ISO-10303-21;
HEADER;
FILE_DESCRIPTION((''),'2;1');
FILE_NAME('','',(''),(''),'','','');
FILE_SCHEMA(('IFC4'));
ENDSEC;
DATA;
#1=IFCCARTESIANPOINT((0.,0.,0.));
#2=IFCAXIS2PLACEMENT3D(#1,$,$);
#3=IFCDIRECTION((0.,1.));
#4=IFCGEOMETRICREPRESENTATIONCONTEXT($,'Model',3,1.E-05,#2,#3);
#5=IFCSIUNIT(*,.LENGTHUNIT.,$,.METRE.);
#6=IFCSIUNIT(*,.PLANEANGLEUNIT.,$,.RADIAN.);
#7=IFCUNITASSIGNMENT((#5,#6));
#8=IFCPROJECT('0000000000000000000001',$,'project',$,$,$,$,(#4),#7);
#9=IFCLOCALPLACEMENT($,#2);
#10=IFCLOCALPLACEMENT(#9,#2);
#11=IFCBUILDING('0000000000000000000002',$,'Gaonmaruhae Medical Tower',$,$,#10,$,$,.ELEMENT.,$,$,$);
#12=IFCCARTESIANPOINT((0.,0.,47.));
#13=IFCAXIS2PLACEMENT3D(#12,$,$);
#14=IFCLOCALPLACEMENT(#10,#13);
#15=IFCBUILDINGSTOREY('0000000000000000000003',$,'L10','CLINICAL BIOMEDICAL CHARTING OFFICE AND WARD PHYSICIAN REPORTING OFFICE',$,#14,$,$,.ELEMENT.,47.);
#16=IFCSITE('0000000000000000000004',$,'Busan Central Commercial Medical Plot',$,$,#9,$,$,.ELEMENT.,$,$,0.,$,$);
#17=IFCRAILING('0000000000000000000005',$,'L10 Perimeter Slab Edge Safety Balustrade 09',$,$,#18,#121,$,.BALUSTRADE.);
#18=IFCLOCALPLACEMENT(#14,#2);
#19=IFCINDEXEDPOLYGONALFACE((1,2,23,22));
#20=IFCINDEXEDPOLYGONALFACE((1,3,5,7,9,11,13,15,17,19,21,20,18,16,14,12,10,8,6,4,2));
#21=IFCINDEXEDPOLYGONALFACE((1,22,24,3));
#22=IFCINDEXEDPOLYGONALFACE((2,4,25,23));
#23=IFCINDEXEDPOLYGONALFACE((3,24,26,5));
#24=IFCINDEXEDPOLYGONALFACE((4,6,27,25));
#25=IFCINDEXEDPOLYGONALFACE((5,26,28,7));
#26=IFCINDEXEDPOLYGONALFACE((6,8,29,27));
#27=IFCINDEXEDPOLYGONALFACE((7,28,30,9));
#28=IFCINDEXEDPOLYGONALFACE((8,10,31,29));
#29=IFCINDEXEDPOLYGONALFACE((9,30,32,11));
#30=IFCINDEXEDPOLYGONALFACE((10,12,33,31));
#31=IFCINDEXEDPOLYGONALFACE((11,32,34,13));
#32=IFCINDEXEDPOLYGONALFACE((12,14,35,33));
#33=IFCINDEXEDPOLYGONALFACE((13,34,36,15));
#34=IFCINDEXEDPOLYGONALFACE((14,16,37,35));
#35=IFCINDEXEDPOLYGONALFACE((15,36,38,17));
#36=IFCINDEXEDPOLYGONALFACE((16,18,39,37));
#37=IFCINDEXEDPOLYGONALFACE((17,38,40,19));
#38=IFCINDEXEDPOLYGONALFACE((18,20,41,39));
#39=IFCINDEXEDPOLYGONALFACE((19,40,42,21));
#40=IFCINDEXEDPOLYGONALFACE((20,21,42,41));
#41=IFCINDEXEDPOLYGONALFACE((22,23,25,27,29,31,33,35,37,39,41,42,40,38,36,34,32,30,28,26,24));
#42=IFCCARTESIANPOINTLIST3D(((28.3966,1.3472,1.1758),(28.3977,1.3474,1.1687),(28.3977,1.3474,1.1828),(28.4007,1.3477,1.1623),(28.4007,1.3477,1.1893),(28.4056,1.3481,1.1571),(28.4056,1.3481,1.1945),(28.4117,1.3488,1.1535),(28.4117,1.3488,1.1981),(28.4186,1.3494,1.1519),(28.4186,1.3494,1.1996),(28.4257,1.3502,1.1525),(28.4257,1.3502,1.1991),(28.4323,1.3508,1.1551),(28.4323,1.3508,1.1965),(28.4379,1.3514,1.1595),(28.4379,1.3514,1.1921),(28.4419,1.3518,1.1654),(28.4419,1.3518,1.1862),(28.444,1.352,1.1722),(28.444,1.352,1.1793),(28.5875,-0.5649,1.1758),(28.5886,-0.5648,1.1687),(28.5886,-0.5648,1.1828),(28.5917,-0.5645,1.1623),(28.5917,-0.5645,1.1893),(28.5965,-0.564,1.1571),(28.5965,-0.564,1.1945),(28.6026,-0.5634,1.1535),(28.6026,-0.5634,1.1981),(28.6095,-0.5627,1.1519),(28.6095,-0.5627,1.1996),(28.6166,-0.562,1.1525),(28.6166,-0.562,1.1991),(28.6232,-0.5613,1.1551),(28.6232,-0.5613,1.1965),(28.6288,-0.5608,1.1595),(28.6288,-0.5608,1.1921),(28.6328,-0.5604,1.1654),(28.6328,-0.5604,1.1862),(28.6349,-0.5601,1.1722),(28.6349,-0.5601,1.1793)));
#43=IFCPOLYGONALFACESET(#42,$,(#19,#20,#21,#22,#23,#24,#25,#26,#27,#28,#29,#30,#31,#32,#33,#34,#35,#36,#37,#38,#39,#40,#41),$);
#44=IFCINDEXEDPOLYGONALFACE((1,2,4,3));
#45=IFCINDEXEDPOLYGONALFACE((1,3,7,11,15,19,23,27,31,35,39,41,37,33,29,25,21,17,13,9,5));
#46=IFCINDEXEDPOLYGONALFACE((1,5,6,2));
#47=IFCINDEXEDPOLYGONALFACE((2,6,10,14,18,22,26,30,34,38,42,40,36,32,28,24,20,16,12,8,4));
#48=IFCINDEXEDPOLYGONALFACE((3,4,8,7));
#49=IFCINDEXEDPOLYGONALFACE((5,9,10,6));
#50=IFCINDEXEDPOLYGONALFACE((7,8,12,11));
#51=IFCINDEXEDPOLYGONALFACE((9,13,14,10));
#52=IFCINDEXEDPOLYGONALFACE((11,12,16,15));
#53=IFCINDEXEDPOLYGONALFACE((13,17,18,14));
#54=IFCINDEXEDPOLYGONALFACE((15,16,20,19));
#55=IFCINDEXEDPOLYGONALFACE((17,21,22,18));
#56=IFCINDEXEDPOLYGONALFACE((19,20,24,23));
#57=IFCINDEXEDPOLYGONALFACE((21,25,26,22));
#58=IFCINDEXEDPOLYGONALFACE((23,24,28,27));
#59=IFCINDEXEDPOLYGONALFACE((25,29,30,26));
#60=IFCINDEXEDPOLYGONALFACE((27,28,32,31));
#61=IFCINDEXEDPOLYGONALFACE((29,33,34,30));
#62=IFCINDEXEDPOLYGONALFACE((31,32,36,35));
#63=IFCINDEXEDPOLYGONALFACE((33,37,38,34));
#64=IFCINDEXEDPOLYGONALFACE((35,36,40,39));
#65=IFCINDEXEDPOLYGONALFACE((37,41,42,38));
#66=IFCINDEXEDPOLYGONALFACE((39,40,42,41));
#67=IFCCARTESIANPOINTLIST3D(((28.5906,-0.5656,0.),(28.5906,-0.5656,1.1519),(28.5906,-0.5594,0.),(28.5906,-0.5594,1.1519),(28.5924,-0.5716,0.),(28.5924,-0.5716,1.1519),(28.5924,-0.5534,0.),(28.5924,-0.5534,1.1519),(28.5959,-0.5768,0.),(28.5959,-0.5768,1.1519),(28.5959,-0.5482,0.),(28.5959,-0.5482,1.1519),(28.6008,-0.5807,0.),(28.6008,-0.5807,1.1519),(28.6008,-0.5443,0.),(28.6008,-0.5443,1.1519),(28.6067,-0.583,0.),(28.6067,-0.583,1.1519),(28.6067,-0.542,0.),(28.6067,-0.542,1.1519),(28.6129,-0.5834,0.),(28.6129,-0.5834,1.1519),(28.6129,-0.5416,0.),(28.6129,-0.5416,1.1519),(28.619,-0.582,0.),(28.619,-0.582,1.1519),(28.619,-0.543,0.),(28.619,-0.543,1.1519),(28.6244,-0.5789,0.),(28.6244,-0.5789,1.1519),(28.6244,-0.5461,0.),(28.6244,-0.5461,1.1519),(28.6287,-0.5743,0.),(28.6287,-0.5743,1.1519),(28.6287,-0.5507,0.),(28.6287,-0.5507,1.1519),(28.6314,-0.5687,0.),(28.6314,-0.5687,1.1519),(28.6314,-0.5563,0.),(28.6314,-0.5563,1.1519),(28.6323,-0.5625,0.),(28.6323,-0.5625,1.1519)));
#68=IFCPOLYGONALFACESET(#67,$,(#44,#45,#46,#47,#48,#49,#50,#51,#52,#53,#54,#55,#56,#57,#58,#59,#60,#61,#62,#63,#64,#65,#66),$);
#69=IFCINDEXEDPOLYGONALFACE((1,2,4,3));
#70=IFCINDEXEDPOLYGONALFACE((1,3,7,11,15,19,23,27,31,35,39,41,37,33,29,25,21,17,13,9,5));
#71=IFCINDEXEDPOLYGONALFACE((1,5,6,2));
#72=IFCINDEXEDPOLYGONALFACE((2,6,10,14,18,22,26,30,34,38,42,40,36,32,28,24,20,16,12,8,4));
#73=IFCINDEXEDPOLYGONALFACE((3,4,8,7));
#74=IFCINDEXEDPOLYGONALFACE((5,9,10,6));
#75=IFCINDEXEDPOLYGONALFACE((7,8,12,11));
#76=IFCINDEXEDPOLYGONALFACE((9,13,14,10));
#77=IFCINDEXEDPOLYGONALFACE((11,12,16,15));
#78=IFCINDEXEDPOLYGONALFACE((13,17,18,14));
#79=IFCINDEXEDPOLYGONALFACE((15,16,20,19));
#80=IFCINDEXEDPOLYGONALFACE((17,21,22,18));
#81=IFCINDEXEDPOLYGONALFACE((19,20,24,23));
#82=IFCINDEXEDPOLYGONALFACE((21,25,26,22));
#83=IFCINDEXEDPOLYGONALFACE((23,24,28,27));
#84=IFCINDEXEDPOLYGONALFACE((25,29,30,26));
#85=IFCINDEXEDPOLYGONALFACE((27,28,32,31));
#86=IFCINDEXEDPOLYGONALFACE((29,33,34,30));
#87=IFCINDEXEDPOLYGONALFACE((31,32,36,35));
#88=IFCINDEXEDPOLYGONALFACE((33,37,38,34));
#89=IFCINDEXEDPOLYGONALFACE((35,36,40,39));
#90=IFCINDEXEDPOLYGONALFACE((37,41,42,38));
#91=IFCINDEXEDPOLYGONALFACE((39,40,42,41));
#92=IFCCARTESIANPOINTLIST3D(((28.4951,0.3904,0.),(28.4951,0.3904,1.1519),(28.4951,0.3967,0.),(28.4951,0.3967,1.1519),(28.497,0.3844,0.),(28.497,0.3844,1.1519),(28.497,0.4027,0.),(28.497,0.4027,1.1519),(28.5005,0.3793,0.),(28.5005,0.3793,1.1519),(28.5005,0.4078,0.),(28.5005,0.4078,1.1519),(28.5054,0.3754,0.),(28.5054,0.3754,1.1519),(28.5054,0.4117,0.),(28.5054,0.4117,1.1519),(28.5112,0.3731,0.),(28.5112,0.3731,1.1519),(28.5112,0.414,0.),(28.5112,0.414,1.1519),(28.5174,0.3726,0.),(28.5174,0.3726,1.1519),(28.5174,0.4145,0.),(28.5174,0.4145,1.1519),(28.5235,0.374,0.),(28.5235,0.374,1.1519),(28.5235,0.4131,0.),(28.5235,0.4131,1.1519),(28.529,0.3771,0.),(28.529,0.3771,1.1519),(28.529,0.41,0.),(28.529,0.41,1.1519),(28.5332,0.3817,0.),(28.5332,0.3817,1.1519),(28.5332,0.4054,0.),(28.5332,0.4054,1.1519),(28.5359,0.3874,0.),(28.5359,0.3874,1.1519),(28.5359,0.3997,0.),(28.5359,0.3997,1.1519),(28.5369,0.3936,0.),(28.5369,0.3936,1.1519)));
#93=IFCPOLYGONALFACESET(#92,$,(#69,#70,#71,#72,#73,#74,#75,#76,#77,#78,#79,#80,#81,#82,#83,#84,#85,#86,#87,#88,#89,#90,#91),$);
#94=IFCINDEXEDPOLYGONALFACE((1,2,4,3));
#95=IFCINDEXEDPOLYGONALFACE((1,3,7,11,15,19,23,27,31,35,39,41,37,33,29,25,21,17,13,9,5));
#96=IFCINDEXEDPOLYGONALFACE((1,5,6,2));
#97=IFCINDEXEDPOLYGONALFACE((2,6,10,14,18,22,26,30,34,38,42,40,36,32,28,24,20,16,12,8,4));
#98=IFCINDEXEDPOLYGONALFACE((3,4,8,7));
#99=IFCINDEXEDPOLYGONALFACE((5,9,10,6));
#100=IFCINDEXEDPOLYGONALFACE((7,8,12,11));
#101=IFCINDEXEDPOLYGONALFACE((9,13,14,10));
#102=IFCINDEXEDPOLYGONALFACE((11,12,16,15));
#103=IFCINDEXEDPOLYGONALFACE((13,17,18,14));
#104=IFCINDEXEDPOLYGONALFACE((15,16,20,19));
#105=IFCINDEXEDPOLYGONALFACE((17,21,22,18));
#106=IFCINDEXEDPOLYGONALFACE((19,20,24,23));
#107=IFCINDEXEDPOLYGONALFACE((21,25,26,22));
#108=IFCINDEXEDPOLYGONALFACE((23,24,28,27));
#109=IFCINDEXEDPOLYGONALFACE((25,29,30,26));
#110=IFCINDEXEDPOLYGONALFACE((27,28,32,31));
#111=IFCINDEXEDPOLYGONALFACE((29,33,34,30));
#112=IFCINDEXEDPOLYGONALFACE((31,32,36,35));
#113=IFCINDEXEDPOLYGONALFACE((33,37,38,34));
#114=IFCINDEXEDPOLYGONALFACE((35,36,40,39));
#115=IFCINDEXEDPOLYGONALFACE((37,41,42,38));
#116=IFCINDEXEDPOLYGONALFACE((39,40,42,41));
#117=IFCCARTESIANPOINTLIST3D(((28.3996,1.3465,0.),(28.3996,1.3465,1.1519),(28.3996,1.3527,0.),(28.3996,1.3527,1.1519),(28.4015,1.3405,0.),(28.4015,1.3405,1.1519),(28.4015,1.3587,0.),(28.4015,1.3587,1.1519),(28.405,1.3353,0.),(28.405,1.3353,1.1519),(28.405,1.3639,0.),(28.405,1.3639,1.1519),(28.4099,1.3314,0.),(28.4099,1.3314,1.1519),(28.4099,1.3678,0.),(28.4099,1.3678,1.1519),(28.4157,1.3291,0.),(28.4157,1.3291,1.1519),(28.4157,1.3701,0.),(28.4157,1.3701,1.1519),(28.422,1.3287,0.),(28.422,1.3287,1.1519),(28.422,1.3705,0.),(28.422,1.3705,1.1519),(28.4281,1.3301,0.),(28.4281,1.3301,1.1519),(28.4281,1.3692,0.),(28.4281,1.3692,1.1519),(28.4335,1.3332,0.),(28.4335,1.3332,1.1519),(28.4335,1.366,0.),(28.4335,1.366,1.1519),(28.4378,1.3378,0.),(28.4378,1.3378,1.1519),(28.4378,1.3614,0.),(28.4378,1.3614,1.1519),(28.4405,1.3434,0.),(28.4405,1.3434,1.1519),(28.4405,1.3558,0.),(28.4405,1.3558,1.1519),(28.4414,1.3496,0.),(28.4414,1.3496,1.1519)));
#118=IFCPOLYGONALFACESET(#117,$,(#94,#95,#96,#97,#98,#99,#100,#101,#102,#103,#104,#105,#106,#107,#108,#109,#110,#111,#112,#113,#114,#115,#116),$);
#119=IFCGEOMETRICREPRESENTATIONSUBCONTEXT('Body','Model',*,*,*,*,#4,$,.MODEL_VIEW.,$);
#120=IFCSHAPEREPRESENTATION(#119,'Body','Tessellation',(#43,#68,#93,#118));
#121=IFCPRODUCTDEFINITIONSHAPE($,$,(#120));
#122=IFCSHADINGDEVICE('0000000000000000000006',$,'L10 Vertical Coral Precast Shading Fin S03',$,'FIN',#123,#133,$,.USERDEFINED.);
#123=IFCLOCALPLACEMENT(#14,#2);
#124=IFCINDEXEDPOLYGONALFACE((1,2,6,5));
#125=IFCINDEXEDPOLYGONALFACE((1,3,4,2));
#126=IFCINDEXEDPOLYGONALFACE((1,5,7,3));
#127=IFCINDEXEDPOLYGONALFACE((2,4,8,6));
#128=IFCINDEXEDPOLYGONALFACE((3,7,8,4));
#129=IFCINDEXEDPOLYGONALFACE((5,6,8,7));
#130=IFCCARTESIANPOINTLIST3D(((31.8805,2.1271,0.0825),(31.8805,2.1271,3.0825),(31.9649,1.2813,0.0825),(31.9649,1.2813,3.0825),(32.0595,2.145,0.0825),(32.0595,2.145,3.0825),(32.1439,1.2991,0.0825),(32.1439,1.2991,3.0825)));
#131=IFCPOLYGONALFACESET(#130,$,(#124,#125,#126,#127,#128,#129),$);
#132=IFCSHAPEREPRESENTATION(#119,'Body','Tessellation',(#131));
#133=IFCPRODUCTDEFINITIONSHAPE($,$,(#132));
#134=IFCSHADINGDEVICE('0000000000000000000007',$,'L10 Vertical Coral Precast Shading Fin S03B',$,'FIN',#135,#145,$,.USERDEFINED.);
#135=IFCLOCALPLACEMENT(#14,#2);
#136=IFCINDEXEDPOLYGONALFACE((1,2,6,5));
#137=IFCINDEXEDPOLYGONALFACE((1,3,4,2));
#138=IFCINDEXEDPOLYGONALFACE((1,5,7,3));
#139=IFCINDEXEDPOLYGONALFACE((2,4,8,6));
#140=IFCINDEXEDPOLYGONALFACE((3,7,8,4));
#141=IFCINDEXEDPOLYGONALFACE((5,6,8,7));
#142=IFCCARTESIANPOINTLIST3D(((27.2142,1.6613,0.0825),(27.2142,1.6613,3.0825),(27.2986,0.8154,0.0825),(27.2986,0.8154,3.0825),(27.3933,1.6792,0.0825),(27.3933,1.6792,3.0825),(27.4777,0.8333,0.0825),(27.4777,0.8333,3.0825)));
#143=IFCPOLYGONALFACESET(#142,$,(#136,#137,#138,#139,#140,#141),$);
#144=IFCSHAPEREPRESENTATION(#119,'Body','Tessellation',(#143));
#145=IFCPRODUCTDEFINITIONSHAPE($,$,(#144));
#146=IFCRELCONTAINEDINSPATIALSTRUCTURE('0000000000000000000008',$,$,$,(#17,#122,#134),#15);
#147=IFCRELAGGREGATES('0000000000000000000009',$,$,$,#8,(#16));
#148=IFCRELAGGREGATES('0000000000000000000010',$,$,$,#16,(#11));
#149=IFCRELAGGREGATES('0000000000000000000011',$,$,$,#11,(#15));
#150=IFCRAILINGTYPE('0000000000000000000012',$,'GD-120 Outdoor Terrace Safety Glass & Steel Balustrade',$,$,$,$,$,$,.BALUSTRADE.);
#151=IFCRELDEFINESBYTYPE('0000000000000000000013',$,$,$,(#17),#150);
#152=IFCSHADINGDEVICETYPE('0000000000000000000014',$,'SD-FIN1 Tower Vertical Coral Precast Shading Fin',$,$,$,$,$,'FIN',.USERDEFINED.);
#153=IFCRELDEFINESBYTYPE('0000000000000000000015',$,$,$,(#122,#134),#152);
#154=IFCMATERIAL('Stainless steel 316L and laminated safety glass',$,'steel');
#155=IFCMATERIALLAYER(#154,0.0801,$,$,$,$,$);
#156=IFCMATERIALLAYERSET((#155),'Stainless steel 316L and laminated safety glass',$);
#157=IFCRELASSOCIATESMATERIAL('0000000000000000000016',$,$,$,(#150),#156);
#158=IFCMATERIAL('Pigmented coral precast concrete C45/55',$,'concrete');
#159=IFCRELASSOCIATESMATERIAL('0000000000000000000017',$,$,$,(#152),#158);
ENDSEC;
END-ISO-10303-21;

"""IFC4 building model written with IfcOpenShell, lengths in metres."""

from ifc_helpers import new_model, si_unit, direction, frame, origin, origin_2d, place, context, subcontext, project, spatial, rectangle, circle, extrude, material, layer, layer_set, type_object, element, save


model = new_model("IFC4")

# Units and contexts
model_context = context("Model", 3, precision=1e-05, world=origin(), true_north=direction((0.0, 1.0)))
body_context = subcontext(model_context, "Body", "Model", "MODEL_VIEW")
ifc_project = project(units=[si_unit("LENGTHUNIT", "METRE"), si_unit("PLANEANGLEUNIT", "RADIAN")], contexts=[model_context])

# Site, building, storey
site_placement = place(None, origin())
site = spatial("IfcSite", under=ifc_project, at=site_placement, Name="Busan Central Commercial Medical Plot", CompositionType="ELEMENT", RefElevation=0.0)
building_placement = place(site_placement, origin())
building = spatial("IfcBuilding", under=site, at=building_placement, Name="Gaonmaruhae Medical Tower", CompositionType="ELEMENT")
storey_placement = place(building_placement, frame((0.0, 0.0, 47.0)))
storey = spatial("IfcBuildingStorey", under=building, at=storey_placement, Name="L10", Description="CLINICAL BIOMEDICAL CHARTING OFFICE AND WARD PHYSICIAN REPORTING OFFICE", CompositionType="ELEMENT", Elevation=47.0)

# Railing
ifc_material_1 = material(Name="Stainless steel 316L and laminated safety glass", Category="steel")
ifc_layer_1 = layer(ifc_material_1, 0.0801)
ifc_layer_set_1 = layer_set([ifc_layer_1], Name="Stainless steel 316L and laminated safety glass")
railing_type = type_object("IfcRailingType", Name="GD-120 Outdoor Terrace Safety Glass & Steel Balustrade", PredefinedType="BALUSTRADE", material=ifc_layer_set_1)
railing_1_placement = place(storey_placement, frame((28.6113, -0.5625, 0.0)))
element("IfcRailing", 1, at=railing_1_placement, inside=storey, type_object=railing_type, Name="L10 Perimeter Slab Edge Safety Balustrade 09", PredefinedType="BALUSTRADE", context=body_context, shape_type="SweptSolid", body=[
    extrude(circle(Radius=0.0239, at=origin_2d()), frame((0.0, 0.0, 1.1758), z_axis=(-0.099353, 0.995052, 0.0), x_axis=(-0.995052, -0.099353, 0.0)), (0.0, 0.0, 1.0), 1.9216),
    extrude(circle(Radius=0.021, at=origin_2d()), origin(), (0.0, 0.0, 1.0), 1.1519),
    extrude(circle(Radius=0.021, at=origin_2d()), frame((-0.0955, 0.9561, 0.0)), (0.0, 0.0, 1.0), 1.1519),
    extrude(circle(Radius=0.021, at=origin_2d()), frame((-0.1909, 1.9121, 0.0)), (0.0, 0.0, 1.0), 1.1519),
])

# Shading devices
ifc_material_2 = material(Name="Pigmented coral precast concrete C45/55", Category="concrete")
shading_device_type = type_object("IfcShadingDeviceType", Name="SD-FIN1 Tower Vertical Coral Precast Shading Fin", ElementType="FIN", PredefinedType="USERDEFINED", material=ifc_material_2)
for number, where, z_axis, x_axis, name in (
    (2, (32.0122, 1.7131, 0.0825), (0.0, 0.0, 1.0), (-0.995056, -0.09932, 0.0), "L10 Vertical Coral Precast Shading Fin S03"),
    (3, (27.3459, 1.2473, 0.0825), (0.0, 0.0, 1.0), (-0.995056, -0.09932, 0.0), "L10 Vertical Coral Precast Shading Fin S03B"),
):
    element("IfcShadingDevice", number, at=place(storey_placement, frame(where, z_axis=z_axis, x_axis=x_axis)), inside=storey, type_object=shading_device_type, Name=name, ObjectType="FIN", PredefinedType="USERDEFINED", context=body_context, shape_type="SweptSolid", body=[
        extrude(rectangle(XDim=0.1799, YDim=0.8501, at=origin_2d()), origin(), (0.0, 0.0, 1.0), 3.0),
    ])

save(model, "model.ifc")
